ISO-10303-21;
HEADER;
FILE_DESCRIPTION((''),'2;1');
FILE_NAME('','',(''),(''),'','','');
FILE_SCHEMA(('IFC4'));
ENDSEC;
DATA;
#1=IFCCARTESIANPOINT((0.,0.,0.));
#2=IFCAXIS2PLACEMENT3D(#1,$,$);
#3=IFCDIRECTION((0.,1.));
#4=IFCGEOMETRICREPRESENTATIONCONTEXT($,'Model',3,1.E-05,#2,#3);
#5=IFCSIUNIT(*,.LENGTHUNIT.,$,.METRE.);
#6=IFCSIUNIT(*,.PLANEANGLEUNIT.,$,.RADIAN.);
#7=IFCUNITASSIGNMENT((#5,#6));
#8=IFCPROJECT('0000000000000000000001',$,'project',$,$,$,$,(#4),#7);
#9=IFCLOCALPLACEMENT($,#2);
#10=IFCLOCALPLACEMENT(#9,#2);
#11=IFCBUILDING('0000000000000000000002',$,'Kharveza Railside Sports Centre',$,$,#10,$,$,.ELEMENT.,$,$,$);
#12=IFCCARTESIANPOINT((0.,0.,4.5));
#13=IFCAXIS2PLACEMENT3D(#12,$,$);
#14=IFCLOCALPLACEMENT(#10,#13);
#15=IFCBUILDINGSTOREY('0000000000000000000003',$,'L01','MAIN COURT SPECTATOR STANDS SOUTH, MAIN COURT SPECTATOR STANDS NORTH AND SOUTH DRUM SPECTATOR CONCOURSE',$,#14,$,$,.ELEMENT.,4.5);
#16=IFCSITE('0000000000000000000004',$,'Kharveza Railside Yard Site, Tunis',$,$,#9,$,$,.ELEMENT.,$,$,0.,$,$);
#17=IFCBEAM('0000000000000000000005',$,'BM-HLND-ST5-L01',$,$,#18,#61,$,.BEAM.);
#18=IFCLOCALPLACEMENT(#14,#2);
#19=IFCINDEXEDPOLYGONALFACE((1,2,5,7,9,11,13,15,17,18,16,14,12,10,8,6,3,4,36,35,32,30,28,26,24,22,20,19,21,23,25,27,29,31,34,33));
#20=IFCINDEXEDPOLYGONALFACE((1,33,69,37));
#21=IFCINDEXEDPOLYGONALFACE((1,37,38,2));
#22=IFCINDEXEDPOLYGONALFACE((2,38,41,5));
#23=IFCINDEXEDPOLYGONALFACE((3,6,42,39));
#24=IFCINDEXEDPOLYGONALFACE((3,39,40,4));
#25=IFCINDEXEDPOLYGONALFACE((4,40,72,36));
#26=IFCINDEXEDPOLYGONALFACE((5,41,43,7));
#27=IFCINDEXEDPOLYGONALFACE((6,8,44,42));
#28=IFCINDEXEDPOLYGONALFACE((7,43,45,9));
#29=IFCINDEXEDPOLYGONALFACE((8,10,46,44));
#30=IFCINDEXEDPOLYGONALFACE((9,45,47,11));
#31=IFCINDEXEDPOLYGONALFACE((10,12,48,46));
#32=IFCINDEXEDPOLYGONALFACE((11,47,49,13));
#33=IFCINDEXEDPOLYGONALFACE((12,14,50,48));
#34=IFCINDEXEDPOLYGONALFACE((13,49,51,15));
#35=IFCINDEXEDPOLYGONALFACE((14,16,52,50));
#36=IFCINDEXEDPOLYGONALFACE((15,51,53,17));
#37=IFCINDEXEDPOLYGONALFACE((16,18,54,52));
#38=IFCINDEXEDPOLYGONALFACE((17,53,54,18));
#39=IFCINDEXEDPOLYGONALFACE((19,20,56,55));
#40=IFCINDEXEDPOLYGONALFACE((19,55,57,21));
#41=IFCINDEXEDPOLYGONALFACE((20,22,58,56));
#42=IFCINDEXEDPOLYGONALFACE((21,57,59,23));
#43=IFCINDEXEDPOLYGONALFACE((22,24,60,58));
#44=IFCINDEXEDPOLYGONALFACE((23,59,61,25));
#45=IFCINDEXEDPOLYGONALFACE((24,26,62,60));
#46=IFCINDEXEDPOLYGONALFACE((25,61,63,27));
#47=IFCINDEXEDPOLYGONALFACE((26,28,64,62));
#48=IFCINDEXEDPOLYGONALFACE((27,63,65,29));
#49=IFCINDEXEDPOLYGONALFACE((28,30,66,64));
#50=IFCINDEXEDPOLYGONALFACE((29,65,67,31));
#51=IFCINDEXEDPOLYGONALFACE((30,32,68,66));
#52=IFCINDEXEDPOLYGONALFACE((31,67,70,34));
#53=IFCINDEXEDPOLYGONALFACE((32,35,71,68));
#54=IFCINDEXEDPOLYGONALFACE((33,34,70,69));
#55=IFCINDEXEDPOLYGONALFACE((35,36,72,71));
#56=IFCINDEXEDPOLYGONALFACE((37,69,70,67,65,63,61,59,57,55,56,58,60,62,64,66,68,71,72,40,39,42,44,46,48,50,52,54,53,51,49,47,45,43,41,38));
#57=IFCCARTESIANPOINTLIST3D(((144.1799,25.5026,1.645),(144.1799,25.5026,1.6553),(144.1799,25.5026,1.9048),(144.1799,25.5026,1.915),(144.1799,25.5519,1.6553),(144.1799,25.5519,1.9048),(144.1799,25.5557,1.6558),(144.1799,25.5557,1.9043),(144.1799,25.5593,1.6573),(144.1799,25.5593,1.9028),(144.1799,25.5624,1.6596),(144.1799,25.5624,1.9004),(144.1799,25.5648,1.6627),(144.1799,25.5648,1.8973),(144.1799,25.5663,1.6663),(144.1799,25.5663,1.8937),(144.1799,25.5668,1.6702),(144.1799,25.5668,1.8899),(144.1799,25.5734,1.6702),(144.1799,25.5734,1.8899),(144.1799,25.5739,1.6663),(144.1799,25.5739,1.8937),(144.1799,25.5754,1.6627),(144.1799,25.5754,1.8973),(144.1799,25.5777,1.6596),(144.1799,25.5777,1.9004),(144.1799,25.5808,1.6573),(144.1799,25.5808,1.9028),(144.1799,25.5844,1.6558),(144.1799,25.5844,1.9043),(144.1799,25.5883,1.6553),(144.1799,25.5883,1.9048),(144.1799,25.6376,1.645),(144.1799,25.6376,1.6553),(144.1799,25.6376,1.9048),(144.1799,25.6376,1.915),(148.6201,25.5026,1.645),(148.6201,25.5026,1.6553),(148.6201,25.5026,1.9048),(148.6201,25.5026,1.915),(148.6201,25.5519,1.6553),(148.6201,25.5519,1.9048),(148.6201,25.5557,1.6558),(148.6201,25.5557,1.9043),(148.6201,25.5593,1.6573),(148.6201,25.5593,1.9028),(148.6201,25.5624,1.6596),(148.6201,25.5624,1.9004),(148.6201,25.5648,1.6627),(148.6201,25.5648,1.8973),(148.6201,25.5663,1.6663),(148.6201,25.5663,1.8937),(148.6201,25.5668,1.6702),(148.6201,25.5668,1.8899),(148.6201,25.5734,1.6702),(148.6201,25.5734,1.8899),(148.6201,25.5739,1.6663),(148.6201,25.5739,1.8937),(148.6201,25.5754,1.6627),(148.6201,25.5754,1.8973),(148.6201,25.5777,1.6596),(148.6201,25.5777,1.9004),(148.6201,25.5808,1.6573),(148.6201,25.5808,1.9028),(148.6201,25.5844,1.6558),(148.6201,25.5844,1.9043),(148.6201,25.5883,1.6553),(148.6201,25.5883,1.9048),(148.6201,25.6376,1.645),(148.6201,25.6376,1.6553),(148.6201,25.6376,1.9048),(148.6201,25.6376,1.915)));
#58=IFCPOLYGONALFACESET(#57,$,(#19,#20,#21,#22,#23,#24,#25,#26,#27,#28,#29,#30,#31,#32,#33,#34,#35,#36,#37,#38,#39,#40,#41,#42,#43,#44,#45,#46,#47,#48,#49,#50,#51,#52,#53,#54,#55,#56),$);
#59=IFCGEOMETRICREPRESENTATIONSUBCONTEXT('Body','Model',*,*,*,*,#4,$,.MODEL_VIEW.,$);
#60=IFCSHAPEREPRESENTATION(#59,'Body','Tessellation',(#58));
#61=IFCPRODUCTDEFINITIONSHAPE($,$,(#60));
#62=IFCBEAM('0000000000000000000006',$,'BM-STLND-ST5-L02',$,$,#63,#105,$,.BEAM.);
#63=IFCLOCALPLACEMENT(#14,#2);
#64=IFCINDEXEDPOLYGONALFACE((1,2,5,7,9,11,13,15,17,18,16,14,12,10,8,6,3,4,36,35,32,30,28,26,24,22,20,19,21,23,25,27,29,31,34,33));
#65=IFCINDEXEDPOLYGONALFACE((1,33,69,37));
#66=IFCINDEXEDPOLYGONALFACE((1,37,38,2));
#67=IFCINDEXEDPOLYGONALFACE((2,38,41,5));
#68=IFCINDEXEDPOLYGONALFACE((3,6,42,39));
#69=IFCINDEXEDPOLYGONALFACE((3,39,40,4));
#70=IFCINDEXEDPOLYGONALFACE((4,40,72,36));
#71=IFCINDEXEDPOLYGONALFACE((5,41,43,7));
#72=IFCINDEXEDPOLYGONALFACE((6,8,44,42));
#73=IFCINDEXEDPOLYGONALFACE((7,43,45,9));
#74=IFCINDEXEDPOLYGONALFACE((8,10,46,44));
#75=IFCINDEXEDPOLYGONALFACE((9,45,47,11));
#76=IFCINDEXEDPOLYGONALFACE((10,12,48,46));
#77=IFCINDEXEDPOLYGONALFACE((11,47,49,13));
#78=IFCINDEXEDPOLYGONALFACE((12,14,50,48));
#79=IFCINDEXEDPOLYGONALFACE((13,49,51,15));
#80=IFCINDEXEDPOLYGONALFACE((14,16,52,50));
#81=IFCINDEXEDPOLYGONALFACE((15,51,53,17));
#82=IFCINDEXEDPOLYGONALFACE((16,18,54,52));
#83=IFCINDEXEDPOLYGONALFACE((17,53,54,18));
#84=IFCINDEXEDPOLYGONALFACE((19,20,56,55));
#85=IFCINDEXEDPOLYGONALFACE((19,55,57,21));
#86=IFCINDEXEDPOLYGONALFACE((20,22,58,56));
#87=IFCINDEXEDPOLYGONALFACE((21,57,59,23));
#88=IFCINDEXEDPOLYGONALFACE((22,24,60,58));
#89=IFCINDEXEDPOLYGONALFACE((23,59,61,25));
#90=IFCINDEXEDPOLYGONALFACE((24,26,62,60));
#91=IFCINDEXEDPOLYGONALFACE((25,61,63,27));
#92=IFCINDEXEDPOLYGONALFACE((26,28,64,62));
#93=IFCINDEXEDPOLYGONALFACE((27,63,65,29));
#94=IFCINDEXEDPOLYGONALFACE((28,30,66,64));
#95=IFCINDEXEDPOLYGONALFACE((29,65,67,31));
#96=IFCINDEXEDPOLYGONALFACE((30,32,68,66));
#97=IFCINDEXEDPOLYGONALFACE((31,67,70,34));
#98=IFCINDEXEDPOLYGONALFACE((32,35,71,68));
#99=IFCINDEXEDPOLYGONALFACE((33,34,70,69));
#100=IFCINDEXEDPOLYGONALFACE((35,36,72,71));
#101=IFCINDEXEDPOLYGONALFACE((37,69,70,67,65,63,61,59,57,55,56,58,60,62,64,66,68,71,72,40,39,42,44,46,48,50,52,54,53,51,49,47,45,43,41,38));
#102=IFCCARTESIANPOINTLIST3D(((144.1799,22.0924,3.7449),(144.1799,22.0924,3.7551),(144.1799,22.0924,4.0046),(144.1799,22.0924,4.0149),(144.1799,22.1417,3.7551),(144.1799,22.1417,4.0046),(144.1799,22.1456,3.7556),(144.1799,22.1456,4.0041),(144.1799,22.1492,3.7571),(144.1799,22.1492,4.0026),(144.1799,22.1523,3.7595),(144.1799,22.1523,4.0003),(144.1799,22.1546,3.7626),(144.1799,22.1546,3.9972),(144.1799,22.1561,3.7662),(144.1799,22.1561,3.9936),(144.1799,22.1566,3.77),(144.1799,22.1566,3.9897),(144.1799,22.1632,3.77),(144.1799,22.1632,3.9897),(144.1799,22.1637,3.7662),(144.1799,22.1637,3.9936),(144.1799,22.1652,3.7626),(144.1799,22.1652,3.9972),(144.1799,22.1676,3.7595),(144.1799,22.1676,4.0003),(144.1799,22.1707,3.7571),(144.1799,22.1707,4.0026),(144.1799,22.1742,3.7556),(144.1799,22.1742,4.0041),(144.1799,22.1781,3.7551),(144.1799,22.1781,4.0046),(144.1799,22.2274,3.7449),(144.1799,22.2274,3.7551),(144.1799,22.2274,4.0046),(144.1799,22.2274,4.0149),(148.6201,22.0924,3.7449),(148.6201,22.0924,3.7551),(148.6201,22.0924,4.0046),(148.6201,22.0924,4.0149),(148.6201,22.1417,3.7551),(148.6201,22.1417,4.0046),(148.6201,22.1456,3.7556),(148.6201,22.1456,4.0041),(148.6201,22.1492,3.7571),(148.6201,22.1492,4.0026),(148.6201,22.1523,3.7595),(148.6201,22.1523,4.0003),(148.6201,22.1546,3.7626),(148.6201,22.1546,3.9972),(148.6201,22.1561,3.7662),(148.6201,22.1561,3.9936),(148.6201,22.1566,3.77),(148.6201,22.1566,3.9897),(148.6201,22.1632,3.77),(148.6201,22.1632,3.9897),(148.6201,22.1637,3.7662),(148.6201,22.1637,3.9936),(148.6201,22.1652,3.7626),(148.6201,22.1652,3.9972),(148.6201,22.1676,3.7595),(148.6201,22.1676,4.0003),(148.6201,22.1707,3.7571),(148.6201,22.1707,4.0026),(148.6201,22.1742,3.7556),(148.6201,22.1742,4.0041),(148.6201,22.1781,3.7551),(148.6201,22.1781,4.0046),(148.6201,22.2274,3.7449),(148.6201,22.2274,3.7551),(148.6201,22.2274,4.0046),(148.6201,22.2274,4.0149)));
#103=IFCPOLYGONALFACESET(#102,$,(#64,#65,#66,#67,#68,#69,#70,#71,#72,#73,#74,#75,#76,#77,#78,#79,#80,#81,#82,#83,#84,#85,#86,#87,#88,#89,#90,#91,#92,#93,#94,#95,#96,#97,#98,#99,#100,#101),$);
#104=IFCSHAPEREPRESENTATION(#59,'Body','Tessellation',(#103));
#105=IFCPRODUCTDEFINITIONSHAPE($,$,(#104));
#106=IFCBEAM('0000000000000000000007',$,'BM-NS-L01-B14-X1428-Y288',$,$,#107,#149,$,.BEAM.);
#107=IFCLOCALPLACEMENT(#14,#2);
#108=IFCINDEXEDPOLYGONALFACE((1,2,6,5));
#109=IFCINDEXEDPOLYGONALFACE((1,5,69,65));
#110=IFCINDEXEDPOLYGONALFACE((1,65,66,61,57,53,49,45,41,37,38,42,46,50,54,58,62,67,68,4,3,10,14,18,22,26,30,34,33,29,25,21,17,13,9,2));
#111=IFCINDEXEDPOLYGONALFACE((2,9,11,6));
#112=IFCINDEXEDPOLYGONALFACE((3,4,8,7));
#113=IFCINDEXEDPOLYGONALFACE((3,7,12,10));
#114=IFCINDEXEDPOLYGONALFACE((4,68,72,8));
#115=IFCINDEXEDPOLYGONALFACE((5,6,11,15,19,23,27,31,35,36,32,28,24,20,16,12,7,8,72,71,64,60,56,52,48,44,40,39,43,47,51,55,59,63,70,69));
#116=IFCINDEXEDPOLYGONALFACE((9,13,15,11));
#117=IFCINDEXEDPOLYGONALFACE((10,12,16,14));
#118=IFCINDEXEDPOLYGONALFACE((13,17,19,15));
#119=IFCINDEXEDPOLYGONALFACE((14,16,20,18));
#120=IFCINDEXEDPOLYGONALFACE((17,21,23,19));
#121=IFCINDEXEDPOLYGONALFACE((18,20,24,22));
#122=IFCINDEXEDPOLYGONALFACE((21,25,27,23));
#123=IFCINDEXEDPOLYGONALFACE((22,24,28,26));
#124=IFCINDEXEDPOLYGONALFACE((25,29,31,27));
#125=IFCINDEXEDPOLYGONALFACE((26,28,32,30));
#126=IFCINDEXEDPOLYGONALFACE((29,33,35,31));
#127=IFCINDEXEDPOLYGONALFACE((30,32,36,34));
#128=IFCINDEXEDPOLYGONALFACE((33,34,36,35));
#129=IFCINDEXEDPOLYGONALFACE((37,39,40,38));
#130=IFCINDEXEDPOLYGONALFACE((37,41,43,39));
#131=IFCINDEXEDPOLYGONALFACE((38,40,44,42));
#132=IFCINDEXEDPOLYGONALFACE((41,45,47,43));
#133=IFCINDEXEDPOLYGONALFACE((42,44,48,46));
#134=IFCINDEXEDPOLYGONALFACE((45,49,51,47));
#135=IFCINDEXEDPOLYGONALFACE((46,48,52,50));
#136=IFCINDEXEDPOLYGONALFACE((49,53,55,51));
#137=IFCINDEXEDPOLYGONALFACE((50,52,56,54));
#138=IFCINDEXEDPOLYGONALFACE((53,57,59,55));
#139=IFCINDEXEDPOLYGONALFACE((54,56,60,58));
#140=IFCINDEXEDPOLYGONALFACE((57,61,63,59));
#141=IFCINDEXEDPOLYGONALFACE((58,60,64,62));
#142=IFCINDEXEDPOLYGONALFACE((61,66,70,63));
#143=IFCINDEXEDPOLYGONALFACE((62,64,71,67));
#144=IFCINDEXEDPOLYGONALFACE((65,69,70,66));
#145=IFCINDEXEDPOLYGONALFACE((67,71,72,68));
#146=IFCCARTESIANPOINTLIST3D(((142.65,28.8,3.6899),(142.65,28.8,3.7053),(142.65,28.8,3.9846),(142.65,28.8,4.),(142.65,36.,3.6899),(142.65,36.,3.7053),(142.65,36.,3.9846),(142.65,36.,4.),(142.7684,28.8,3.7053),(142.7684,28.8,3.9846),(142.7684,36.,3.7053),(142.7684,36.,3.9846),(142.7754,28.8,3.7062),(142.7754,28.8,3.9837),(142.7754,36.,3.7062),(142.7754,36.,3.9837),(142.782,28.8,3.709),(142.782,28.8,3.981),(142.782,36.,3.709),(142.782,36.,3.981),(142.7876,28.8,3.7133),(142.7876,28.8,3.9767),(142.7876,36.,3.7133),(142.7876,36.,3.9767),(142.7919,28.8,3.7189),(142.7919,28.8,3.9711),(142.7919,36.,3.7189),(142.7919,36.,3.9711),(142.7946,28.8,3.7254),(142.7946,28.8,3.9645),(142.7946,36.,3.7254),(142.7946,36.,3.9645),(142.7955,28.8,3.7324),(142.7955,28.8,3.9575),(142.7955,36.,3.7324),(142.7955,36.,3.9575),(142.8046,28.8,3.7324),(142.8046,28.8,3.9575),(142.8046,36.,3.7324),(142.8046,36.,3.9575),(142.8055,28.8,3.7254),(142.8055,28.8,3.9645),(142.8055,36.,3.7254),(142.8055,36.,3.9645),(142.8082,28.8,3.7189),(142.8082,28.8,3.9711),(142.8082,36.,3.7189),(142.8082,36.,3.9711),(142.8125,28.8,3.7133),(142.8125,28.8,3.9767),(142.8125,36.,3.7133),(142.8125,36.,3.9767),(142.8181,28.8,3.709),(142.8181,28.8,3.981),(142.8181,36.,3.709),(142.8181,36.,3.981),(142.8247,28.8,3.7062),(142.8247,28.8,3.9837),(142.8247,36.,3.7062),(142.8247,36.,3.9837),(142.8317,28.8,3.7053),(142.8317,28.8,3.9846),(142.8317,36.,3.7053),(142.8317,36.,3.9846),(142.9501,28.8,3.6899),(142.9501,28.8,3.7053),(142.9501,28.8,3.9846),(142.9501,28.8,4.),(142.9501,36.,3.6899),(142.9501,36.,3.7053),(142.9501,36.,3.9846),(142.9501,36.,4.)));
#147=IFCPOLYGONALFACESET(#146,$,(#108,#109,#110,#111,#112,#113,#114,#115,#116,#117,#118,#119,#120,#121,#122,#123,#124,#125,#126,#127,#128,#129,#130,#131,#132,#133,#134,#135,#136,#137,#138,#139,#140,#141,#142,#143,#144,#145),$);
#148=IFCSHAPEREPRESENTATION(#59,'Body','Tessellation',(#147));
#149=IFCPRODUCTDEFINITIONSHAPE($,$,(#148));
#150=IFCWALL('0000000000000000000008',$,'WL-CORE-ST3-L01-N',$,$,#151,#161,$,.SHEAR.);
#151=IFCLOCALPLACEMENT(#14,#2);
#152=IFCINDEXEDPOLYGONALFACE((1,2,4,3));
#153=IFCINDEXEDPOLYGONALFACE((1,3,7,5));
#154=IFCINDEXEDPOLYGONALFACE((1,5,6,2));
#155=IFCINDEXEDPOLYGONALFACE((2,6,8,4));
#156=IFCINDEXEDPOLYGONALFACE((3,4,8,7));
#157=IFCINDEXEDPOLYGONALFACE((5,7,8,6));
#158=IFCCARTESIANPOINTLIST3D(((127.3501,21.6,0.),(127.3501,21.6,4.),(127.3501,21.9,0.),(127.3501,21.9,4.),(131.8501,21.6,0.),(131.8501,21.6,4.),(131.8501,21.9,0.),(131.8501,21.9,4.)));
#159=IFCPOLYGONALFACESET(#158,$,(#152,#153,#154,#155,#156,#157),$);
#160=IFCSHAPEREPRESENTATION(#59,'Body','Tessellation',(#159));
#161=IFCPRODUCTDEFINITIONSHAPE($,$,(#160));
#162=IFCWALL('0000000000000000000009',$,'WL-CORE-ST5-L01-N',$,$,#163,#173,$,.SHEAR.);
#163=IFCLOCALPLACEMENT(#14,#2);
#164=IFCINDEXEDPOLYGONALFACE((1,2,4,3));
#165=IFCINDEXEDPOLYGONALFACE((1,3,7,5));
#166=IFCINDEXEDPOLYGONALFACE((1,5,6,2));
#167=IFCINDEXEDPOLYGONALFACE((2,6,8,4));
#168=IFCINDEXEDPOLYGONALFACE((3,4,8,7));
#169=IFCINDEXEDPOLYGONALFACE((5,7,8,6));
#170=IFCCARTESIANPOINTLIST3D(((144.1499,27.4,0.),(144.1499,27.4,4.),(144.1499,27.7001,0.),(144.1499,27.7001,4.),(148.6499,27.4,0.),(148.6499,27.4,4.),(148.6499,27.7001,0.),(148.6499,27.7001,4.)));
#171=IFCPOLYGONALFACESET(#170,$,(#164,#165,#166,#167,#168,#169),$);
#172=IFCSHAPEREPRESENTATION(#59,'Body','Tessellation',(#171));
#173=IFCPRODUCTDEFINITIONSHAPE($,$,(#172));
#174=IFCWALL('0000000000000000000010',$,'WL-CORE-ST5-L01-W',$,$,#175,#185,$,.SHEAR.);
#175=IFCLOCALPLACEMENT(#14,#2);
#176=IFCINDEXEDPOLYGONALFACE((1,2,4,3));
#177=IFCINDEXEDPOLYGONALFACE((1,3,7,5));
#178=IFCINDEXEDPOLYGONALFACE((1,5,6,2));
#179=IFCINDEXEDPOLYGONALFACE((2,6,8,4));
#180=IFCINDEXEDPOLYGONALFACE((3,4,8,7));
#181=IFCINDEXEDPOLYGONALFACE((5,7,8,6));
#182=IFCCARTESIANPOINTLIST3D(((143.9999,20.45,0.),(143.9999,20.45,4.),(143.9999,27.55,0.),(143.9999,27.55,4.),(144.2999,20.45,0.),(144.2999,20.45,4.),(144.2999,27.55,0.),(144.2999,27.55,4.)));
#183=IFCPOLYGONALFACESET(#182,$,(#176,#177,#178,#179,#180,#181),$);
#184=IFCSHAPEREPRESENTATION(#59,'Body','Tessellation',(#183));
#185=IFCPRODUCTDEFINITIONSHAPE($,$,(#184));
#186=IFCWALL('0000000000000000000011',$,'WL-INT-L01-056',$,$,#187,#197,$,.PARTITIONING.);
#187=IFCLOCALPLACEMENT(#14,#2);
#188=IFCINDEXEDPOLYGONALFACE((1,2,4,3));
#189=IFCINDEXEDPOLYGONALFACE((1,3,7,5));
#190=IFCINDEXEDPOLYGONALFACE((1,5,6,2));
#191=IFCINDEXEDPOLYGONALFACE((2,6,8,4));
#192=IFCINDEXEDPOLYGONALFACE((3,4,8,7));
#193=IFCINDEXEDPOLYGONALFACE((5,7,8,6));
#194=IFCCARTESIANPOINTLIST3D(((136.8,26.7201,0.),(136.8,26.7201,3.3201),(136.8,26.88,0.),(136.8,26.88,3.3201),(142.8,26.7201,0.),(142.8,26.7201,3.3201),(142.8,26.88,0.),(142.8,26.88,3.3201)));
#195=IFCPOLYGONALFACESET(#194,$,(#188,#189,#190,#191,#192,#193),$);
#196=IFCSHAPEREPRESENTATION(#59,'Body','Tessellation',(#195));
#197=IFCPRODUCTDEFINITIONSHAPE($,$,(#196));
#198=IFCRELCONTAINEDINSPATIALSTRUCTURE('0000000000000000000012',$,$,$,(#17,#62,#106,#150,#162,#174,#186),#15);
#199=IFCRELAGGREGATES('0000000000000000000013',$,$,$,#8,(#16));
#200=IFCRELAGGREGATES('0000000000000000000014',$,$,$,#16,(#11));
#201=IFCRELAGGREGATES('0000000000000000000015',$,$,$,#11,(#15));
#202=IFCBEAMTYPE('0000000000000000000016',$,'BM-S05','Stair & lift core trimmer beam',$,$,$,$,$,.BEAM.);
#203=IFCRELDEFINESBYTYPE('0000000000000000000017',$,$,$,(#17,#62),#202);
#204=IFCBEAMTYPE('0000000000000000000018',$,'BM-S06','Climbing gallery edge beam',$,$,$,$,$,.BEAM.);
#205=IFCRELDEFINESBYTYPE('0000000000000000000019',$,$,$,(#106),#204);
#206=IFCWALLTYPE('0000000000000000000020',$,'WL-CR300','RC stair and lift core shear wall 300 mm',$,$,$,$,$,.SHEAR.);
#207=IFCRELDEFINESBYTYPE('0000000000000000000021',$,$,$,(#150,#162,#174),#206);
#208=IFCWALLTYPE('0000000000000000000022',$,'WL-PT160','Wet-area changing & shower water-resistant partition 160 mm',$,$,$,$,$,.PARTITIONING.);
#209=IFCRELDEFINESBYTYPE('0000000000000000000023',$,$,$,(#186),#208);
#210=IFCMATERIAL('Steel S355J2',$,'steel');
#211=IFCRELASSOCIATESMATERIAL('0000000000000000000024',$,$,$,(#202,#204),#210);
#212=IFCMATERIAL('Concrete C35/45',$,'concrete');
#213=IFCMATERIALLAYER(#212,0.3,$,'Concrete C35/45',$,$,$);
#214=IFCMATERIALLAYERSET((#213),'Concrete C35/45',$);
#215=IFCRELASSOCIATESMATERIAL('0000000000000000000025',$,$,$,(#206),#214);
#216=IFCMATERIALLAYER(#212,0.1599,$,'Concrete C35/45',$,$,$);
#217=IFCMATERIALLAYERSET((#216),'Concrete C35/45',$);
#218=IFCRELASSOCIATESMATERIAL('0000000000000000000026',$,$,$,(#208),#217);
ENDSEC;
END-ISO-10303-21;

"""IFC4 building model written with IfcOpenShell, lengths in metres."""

from ifc_helpers import new_model, si_unit, direction, frame, frame_2d, origin, origin_2d, place, context, subcontext, project, spatial, rectangle, i_section, extrude, material, layer, layer_set, material_profile, profile_set, type_object, element, save


model = new_model("IFC4")

# Units and contexts
model_context = context("Model", 3, precision=1e-05, world=origin(), true_north=direction((0.0, 1.0)))
body_context = subcontext(model_context, "Body", "Model", "MODEL_VIEW")
ifc_project = project(units=[si_unit("LENGTHUNIT", "METRE"), si_unit("PLANEANGLEUNIT", "RADIAN")], contexts=[model_context])

# Site, building, storey
site_placement = place(None, origin())
site = spatial("IfcSite", under=ifc_project, at=site_placement, Name="Kharveza Railside Yard Site, Tunis", CompositionType="ELEMENT", RefElevation=0.0)
building_placement = place(site_placement, origin())
building = spatial("IfcBuilding", under=site, at=building_placement, Name="Kharveza Railside Sports Centre", CompositionType="ELEMENT")
storey_placement = place(building_placement, frame((0.0, 0.0, 4.5)))
storey = spatial("IfcBuildingStorey", under=building, at=storey_placement, Name="L01", Description="MAIN COURT SPECTATOR STANDS SOUTH, MAIN COURT SPECTATOR STANDS NORTH AND SOUTH DRUM SPECTATOR CONCOURSE", CompositionType="ELEMENT", Elevation=4.5)

# Shared definitions
ifc_material_1 = material(Name="Steel S355J2", Category="steel")

# Beams
ifc_material_profile_1 = material_profile(ifc_material_1, i_section(OverallWidth=0.135, OverallDepth=0.27, WebThickness=0.0066, FlangeThickness=0.0103, FilletRadius=0.0149, at=origin_2d()), Name="IPE 270")
ifc_profile_set_1 = profile_set([ifc_material_profile_1], Name="Steel S355J2")
beam_type_1 = type_object("IfcBeamType", Name="BM-S05", Description="Stair & lift core trimmer beam", PredefinedType="BEAM", material=ifc_profile_set_1)
for number, where, z_axis, x_axis, name in (
    (1, (144.1799, 25.5701, 1.78), (1.0, 0.0, 0.0), (0.0, 1.0, 0.0), "BM-HLND-ST5-L01"),
    (2, (144.1799, 22.1599, 3.8799), (1.0, 0.0, 0.0), (0.0, 1.0, 0.0), "BM-STLND-ST5-L02"),
):
    element("IfcBeam", number, at=place(storey_placement, frame(where, z_axis=z_axis, x_axis=x_axis)), inside=storey, type_object=beam_type_1, Name=name, PredefinedType="BEAM", context=body_context, shape_type="SweptSolid", body=[
        extrude(i_section(OverallWidth=0.135, OverallDepth=0.27, WebThickness=0.0066, FlangeThickness=0.0103, FilletRadius=0.0149, at=origin_2d()), origin(), (0.0, 0.0, 1.0), 4.4402),
    ])
ifc_material_profile_2 = material_profile(ifc_material_1, i_section(OverallWidth=0.3, OverallDepth=0.3101, WebThickness=0.009, FlangeThickness=0.0154, FilletRadius=0.0271, at=origin_2d()), Name="HEA 320")
ifc_profile_set_2 = profile_set([ifc_material_profile_2], Name="Steel S355J2")
beam_type_2 = type_object("IfcBeamType", Name="BM-S06", Description="Climbing gallery edge beam", PredefinedType="BEAM", material=ifc_profile_set_2)
beam_1_placement = place(storey_placement, frame((142.8, 28.8, 3.845), z_axis=(0.0, 1.0, 0.0), x_axis=(-1.0, 0.0, 0.0)))
element("IfcBeam", 3, at=beam_1_placement, inside=storey, type_object=beam_type_2, Name="BM-NS-L01-B14-X1428-Y288", PredefinedType="BEAM", context=body_context, shape_type="SweptSolid", body=[
    extrude(i_section(OverallWidth=0.3, OverallDepth=0.3101, WebThickness=0.009, FlangeThickness=0.0154, FilletRadius=0.0271, at=origin_2d()), origin(), (0.0, 0.0, 1.0), 7.2),
])

# Walls
ifc_material_2 = material(Name="Concrete C35/45", Category="concrete")
ifc_layer_1 = layer(ifc_material_2, 0.3, Name="Concrete C35/45")
ifc_layer_set_1 = layer_set([ifc_layer_1], Name="Concrete C35/45")
wall_type_1 = type_object("IfcWallType", Name="WL-CR300", Description="RC stair and lift core shear wall 300 mm", PredefinedType="SHEAR", material=ifc_layer_set_1)
for number, where, z_axis, x_axis, name in (
    (4, (131.8501, 21.75, 0.0), (0.0, 0.0, 1.0), (-1.0, 0.0, 0.0), "WL-CORE-ST3-L01-N"),
    (5, (148.6499, 27.55, 0.0), (0.0, 0.0, 1.0), (-1.0, 0.0, 0.0), "WL-CORE-ST5-L01-N"),
):
    element("IfcWall", number, at=place(storey_placement, frame(where, z_axis=z_axis, x_axis=x_axis)), inside=storey, type_object=wall_type_1, Name=name, PredefinedType="SHEAR", context=body_context, shape_type="SweptSolid", body=[
        extrude(rectangle(XDim=4.5, YDim=0.3, at=frame_2d((2.25, 0.0))), origin(), (0.0, 0.0, 1.0), 4.0),
    ])
wall_1_placement = place(storey_placement, frame((144.1499, 27.55, 0.0), z_axis=(0.0, 0.0, 1.0), x_axis=(0.0, -1.0, 0.0)))
element("IfcWall", 6, at=wall_1_placement, inside=storey, type_object=wall_type_1, Name="WL-CORE-ST5-L01-W", PredefinedType="SHEAR", context=body_context, shape_type="SweptSolid", body=[
    extrude(rectangle(XDim=7.1001, YDim=0.3, at=frame_2d((3.55, 0.0))), origin(), (0.0, 0.0, 1.0), 4.0),
])
ifc_layer_2 = layer(ifc_material_2, 0.1599, Name="Concrete C35/45")
ifc_layer_set_2 = layer_set([ifc_layer_2], Name="Concrete C35/45")
wall_type_2 = type_object("IfcWallType", Name="WL-PT160", Description="Wet-area changing & shower water-resistant partition 160 mm", PredefinedType="PARTITIONING", material=ifc_layer_set_2)
wall_2_placement = place(storey_placement, frame((136.8, 26.8, 0.0), z_axis=(0.0, 0.0, 1.0), x_axis=(1.0, 0.0, 0.0)))
element("IfcWall", 7, at=wall_2_placement, inside=storey, type_object=wall_type_2, Name="WL-INT-L01-056", PredefinedType="PARTITIONING", context=body_context, shape_type="SweptSolid", body=[
    extrude(rectangle(XDim=6.0, YDim=0.1599, at=frame_2d((3.0, 0.0))), origin(), (0.0, 0.0, 1.0), 3.3201),
])

save(model, "model.ifc")
